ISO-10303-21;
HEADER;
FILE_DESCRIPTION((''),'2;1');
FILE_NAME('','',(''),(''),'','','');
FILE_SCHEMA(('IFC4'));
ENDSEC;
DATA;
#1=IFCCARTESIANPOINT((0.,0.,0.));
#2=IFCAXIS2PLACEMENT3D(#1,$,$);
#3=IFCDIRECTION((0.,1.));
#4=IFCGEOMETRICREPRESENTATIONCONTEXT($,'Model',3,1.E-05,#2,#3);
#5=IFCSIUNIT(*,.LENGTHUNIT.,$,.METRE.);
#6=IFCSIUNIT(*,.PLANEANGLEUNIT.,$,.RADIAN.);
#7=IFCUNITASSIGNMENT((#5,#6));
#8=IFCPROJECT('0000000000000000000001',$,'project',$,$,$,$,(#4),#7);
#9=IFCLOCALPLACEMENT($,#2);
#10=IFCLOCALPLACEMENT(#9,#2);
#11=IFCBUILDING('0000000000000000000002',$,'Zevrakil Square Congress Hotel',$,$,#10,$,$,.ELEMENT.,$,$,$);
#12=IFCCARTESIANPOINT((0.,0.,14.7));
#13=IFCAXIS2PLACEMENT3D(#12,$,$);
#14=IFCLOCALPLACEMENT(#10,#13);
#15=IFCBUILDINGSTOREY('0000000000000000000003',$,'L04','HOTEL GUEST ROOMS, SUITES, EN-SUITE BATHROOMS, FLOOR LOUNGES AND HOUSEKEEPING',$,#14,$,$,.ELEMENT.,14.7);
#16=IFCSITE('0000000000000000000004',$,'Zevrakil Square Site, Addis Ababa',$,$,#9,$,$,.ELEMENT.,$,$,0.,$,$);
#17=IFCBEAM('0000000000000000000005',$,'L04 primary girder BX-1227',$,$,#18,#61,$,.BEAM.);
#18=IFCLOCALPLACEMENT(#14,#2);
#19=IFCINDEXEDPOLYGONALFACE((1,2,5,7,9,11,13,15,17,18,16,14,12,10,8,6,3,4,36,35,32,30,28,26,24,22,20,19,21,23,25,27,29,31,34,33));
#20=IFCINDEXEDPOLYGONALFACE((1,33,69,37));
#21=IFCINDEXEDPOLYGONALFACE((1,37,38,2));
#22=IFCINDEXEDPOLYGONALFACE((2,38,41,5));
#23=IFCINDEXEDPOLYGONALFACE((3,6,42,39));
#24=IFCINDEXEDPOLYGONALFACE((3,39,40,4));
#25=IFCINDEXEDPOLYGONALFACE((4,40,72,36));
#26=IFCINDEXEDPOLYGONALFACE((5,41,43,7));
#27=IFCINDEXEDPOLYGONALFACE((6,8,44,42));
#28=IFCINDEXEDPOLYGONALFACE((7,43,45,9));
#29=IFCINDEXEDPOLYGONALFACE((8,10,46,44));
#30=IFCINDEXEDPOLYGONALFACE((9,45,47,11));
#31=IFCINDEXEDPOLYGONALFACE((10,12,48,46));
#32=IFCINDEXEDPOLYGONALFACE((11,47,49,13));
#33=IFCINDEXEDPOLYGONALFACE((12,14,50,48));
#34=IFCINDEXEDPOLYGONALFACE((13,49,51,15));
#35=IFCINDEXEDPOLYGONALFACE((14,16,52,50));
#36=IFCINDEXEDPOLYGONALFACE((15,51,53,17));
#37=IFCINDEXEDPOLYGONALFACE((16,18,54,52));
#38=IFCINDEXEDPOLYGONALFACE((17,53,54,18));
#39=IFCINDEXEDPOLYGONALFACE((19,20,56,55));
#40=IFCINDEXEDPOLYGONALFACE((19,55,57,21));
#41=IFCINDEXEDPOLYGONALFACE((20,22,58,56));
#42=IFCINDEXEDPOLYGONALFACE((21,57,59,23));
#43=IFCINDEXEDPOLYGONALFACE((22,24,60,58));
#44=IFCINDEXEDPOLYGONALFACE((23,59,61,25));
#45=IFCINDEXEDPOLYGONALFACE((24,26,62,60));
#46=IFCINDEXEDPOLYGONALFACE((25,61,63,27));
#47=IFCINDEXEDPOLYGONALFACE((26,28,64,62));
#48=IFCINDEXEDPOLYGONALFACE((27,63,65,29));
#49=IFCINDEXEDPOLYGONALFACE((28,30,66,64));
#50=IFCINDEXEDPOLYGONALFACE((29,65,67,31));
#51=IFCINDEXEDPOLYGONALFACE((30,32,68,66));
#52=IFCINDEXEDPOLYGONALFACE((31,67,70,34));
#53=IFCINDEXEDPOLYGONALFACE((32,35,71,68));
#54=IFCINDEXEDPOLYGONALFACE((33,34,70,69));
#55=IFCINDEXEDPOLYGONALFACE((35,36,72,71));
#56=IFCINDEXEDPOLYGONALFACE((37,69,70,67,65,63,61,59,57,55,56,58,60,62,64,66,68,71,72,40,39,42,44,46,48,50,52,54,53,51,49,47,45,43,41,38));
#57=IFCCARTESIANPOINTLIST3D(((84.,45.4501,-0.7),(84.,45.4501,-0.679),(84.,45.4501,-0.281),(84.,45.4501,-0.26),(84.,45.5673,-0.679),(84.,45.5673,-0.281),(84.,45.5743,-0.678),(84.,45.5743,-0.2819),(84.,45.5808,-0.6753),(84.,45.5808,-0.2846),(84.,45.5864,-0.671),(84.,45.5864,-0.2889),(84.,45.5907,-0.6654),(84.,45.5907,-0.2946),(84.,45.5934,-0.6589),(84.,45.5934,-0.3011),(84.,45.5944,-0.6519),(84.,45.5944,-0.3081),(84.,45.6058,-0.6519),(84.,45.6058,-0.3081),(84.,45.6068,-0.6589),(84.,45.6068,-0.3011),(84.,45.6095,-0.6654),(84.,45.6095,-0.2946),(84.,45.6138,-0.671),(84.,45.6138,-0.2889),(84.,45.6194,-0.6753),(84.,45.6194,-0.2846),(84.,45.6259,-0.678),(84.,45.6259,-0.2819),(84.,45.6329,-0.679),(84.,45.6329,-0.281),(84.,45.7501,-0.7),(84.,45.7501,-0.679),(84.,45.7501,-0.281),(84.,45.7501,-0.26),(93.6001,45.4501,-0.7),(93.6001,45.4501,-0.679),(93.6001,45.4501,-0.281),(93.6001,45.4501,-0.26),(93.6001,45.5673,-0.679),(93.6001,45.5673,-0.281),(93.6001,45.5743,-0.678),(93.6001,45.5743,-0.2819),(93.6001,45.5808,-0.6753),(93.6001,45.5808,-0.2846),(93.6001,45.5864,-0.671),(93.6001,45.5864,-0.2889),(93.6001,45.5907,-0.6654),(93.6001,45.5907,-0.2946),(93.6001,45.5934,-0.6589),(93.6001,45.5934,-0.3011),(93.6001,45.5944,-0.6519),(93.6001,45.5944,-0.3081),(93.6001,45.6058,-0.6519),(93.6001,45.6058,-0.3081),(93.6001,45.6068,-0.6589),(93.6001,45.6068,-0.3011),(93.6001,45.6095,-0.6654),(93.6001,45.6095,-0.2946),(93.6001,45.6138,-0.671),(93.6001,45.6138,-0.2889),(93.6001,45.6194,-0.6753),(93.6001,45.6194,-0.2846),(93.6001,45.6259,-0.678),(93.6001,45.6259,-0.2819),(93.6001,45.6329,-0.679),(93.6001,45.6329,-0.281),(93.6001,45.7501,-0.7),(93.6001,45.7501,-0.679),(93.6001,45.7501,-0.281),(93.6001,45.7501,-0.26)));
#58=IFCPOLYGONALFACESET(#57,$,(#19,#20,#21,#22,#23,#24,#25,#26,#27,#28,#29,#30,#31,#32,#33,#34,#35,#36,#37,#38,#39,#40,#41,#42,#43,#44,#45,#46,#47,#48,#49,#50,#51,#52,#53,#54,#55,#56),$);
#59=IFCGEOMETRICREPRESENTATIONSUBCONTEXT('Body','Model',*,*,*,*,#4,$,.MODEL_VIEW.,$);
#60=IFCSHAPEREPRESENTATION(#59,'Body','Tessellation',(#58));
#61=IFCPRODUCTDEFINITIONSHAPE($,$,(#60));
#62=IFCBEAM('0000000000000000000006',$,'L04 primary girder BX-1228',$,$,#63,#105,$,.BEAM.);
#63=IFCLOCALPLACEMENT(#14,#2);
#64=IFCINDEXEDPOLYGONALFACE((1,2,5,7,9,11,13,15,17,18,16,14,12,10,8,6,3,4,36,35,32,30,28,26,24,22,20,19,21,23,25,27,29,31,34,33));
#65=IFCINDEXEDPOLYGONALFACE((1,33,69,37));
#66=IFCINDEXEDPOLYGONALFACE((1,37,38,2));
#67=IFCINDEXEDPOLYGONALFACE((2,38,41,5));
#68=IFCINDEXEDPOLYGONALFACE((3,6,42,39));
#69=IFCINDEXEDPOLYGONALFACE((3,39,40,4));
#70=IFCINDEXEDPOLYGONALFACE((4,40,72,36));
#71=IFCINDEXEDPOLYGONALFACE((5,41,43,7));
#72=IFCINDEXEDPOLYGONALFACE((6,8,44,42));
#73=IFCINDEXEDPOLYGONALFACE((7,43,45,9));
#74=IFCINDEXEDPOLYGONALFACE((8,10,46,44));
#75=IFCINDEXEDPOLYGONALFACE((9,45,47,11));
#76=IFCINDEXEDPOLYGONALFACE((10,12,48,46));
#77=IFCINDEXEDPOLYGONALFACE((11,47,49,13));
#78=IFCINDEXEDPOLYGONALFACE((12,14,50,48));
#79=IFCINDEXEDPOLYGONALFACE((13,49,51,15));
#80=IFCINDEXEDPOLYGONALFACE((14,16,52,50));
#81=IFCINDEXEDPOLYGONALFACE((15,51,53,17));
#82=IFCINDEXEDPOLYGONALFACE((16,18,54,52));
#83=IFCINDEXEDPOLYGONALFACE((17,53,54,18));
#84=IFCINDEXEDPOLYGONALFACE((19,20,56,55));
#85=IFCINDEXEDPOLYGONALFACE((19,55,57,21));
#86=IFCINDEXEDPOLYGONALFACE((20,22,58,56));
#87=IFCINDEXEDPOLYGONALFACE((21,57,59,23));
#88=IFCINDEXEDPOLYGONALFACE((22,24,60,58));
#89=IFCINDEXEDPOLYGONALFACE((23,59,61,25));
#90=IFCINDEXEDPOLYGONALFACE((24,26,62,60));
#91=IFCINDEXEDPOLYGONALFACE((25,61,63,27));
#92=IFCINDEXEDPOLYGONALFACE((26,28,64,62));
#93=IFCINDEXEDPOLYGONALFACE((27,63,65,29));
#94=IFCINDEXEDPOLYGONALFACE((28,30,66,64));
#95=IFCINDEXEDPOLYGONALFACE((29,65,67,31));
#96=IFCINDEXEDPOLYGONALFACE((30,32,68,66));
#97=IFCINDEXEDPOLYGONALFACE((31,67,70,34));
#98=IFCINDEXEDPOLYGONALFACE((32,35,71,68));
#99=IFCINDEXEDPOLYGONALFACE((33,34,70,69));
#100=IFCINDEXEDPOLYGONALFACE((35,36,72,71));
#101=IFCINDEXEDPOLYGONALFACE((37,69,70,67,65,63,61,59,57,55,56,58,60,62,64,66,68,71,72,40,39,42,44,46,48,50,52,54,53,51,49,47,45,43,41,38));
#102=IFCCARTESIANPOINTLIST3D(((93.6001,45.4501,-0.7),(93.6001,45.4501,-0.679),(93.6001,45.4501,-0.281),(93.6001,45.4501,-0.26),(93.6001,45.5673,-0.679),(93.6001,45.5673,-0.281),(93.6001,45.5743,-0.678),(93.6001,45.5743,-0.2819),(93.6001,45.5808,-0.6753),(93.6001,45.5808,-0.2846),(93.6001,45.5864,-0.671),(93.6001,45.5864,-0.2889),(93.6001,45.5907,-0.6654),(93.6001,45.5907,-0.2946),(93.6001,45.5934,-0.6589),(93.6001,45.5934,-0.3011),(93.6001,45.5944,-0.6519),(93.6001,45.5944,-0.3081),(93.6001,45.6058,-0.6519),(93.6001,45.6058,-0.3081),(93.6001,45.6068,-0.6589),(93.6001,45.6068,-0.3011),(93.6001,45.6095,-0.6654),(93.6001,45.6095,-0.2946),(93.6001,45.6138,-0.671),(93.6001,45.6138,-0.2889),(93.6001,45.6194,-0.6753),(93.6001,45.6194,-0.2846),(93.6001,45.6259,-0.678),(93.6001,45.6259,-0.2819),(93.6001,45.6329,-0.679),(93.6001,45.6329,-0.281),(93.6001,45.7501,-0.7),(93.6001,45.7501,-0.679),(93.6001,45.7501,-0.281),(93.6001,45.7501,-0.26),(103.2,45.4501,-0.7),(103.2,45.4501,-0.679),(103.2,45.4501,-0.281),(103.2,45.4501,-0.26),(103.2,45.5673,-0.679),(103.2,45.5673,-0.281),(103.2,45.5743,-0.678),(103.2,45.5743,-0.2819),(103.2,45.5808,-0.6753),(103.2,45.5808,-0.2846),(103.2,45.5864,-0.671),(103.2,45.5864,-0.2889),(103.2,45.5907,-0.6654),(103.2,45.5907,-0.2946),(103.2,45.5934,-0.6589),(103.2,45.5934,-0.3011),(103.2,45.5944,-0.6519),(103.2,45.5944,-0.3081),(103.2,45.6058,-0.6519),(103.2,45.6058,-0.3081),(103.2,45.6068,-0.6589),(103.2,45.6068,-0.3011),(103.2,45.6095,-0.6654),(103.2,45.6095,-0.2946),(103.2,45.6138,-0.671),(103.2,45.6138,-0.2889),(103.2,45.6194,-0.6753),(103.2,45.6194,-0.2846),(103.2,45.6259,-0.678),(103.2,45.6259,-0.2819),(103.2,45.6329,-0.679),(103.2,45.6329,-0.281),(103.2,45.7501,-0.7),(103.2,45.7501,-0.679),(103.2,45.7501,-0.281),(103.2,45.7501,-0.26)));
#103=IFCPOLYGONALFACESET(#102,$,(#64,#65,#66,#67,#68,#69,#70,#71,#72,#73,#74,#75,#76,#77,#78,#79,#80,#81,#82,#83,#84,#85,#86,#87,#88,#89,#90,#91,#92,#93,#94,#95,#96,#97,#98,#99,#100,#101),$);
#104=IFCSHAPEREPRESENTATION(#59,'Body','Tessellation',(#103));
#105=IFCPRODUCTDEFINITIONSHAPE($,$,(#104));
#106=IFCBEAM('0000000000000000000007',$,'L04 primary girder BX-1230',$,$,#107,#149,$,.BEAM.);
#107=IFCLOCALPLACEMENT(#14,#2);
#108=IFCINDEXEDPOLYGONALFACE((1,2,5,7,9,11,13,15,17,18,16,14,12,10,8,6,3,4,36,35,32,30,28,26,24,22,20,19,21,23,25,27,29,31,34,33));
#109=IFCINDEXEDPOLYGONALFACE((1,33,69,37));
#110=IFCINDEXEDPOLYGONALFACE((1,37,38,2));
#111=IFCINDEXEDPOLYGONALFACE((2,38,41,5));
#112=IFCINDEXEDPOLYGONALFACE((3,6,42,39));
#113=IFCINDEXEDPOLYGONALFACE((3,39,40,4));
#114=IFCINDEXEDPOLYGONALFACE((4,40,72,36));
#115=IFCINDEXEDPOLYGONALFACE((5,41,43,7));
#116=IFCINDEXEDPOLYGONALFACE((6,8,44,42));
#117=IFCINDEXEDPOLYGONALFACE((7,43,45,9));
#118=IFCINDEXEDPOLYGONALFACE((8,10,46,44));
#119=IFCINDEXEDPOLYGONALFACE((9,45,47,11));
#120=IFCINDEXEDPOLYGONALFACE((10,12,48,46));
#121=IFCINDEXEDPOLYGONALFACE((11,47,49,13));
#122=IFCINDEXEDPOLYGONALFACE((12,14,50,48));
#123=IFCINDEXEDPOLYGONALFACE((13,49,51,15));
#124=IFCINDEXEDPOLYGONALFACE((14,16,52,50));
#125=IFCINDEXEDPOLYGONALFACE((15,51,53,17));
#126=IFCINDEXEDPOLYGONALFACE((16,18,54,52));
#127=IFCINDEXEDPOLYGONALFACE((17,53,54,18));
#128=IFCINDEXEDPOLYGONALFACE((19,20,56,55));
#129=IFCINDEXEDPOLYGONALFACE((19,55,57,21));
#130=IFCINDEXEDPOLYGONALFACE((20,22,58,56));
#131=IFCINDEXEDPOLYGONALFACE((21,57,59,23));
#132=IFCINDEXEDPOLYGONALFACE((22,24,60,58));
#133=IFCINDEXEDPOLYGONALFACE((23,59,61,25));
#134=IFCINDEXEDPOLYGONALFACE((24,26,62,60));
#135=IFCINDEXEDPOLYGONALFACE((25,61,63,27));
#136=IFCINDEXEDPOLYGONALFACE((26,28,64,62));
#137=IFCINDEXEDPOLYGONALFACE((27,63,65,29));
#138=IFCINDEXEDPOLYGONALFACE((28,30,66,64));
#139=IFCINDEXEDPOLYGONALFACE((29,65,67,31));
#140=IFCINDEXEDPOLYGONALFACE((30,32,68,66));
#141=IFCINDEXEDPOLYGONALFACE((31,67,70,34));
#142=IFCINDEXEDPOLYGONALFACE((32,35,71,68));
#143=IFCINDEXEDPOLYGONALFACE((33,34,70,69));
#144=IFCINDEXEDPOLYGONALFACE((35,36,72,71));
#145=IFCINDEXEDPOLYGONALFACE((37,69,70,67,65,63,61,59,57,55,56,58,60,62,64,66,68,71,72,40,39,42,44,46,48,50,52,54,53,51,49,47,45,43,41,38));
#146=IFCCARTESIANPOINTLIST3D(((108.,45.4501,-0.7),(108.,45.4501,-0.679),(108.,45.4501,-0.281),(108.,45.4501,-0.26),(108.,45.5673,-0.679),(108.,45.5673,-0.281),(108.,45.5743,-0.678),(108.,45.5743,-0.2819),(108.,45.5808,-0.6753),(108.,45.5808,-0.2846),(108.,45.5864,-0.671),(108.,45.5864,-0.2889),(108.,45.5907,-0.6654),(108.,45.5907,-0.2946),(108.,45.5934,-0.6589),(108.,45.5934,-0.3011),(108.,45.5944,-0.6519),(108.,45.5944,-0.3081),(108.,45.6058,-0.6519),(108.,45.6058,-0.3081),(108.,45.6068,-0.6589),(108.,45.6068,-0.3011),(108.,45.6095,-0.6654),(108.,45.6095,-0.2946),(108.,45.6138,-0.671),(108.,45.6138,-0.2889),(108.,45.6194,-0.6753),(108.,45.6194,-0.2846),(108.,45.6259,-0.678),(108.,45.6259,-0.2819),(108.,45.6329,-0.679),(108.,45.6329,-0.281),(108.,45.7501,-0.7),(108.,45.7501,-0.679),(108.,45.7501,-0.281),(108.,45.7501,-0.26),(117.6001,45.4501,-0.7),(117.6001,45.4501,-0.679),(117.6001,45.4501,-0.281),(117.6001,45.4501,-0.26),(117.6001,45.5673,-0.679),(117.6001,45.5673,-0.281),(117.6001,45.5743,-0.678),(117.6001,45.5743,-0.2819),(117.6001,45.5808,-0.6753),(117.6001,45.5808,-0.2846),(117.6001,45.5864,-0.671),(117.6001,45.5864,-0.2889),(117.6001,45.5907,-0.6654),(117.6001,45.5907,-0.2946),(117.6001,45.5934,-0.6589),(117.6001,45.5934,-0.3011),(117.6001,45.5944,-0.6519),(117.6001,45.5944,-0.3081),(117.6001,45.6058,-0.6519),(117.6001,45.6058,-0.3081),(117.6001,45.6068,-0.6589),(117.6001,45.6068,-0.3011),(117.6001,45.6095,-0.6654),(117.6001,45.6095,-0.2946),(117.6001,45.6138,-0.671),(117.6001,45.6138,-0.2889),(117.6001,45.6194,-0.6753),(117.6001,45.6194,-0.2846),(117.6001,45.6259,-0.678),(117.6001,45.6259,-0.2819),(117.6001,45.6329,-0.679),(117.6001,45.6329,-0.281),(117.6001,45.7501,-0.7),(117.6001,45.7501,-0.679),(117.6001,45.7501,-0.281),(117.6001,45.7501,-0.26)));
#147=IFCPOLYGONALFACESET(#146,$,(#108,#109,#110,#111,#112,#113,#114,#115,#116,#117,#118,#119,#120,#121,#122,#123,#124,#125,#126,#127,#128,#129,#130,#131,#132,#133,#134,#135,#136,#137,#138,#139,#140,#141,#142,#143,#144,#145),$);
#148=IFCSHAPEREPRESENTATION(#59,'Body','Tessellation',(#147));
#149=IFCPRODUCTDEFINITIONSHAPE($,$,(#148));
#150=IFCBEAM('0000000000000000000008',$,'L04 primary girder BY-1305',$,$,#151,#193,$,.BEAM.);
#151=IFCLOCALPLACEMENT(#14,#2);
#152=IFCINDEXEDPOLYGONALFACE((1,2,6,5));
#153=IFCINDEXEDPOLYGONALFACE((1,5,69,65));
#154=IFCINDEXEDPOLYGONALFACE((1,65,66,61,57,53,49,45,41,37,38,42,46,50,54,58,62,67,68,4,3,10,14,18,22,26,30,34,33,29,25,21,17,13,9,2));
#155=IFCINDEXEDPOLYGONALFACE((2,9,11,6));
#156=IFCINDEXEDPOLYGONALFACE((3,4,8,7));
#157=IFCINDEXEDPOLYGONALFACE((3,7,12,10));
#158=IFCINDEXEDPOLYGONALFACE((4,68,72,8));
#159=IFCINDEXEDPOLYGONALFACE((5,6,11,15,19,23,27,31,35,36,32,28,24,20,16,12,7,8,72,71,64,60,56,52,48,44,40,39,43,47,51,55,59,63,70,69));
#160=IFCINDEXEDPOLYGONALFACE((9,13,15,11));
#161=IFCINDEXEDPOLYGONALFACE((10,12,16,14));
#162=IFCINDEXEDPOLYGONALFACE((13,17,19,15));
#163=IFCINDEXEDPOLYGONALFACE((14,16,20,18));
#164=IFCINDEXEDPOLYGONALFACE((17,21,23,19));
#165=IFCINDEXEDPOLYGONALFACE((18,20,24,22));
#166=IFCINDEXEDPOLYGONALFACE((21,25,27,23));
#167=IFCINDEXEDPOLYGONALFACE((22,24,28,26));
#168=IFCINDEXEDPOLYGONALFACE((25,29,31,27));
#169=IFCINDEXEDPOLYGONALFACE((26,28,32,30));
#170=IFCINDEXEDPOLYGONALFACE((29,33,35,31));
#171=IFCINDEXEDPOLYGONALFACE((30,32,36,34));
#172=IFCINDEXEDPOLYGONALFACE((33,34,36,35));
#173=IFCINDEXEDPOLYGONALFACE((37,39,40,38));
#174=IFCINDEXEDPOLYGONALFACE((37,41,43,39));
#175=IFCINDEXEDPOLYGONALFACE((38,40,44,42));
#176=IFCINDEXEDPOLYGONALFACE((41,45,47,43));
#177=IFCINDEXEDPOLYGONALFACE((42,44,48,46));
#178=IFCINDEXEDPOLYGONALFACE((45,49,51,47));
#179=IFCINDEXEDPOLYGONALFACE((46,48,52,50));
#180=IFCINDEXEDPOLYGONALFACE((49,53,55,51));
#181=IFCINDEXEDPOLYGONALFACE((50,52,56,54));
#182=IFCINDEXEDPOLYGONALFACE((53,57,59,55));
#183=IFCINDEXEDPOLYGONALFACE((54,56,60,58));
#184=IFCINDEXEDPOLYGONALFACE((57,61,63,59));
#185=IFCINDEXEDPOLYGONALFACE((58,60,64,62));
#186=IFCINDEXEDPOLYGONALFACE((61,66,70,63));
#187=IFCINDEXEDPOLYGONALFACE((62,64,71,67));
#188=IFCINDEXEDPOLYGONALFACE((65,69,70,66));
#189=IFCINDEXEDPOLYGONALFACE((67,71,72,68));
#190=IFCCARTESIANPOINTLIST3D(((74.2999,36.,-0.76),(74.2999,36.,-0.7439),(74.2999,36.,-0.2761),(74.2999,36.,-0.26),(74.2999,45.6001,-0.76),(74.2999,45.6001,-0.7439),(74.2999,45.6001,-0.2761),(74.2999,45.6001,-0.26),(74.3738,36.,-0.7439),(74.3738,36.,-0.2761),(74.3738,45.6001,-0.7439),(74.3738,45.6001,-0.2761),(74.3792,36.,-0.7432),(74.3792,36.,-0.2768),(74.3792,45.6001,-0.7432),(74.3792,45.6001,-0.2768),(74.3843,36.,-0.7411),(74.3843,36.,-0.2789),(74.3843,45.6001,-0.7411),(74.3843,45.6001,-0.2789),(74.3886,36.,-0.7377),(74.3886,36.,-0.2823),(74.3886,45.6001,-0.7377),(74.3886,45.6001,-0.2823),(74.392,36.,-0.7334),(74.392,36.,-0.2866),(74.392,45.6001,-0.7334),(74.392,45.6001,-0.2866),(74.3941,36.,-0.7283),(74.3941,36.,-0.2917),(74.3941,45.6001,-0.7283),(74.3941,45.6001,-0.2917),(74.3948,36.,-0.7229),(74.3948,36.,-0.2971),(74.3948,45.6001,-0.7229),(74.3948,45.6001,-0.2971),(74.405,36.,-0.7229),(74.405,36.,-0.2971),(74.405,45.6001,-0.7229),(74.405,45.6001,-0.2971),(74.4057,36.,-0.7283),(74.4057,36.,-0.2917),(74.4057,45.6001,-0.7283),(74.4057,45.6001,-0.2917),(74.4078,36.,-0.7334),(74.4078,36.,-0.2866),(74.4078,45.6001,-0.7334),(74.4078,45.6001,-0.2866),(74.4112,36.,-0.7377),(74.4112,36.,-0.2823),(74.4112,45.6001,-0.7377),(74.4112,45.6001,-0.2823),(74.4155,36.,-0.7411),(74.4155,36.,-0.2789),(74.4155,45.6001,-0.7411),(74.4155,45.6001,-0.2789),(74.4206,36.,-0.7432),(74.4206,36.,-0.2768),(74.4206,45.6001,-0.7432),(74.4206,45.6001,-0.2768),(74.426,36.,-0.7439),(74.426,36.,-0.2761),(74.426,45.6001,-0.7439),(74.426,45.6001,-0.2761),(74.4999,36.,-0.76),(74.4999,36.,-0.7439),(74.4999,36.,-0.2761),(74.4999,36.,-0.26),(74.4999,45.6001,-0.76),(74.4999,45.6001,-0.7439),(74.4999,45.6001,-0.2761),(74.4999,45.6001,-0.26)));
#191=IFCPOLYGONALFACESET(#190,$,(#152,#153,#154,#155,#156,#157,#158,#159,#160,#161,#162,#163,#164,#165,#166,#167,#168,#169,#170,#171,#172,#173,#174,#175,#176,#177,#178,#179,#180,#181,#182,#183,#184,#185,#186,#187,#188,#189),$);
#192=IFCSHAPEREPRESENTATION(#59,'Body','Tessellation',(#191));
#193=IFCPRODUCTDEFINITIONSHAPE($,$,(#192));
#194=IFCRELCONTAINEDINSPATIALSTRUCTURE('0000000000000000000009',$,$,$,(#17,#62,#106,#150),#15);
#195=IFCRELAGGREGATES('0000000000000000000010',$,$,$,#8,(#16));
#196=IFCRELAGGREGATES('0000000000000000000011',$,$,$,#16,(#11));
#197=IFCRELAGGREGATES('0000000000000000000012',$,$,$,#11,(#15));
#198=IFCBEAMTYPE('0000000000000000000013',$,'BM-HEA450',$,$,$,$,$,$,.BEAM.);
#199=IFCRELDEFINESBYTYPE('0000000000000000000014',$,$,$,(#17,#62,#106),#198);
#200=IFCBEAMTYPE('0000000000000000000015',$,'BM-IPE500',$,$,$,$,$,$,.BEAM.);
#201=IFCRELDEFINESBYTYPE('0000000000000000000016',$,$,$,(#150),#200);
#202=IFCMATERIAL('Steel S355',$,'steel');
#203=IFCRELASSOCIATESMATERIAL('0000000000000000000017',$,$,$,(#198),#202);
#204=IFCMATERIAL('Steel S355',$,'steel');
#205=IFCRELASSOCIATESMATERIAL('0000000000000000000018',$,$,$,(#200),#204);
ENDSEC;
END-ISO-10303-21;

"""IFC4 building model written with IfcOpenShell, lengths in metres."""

from ifc_helpers import new_model, si_unit, direction, frame, origin, origin_2d, place, context, subcontext, project, spatial, i_section, extrude, material, material_profile, profile_set, type_object, element, save


model = new_model("IFC4")

# Units and contexts
model_context = context("Model", 3, precision=1e-05, world=origin(), true_north=direction((0.0, 1.0)))
body_context = subcontext(model_context, "Body", "Model", "MODEL_VIEW")
ifc_project = project(units=[si_unit("LENGTHUNIT", "METRE"), si_unit("PLANEANGLEUNIT", "RADIAN")], contexts=[model_context])

# Site, building, storey
site_placement = place(None, origin())
site = spatial("IfcSite", under=ifc_project, at=site_placement, Name="Zevrakil Square Site, Addis Ababa", CompositionType="ELEMENT", RefElevation=0.0)
building_placement = place(site_placement, origin())
building = spatial("IfcBuilding", under=site, at=building_placement, Name="Zevrakil Square Congress Hotel", CompositionType="ELEMENT")
storey_placement = place(building_placement, frame((0.0, 0.0, 14.7)))
storey = spatial("IfcBuildingStorey", under=building, at=storey_placement, Name="L04", Description="HOTEL GUEST ROOMS, SUITES, EN-SUITE BATHROOMS, FLOOR LOUNGES AND HOUSEKEEPING", CompositionType="ELEMENT", Elevation=14.7)

# Beams
ifc_material_1 = material(Name="Steel S355", Category="steel")
ifc_material_profile_1 = material_profile(ifc_material_1, i_section(OverallWidth=0.3, OverallDepth=0.4399, WebThickness=0.0115, FlangeThickness=0.021, FilletRadius=0.0271, at=origin_2d()), Name="HEA 450")
ifc_profile_set_1 = profile_set([ifc_material_profile_1], Name="Steel S355")
beam_type_1 = type_object("IfcBeamType", Name="BM-HEA450", PredefinedType="BEAM", material=ifc_profile_set_1)
for number, where, z_axis, x_axis, name in (
    (1, (84.0, 45.6001, -0.48), (1.0, 0.0, 0.0), (0.0, 1.0, 0.0), "L04 primary girder BX-1227"),
):
    element("IfcBeam", number, at=place(storey_placement, frame(where, z_axis=z_axis, x_axis=x_axis)), inside=storey, type_object=beam_type_1, Name=name, PredefinedType="BEAM", context=body_context, shape_type="SweptSolid", body=[
        extrude(i_section(OverallWidth=0.3, OverallDepth=0.4399, WebThickness=0.0115, FlangeThickness=0.021, FilletRadius=0.0271, at=origin_2d()), origin(), (0.0, 0.0, 1.0), 9.6001),
    ])
beam_1_placement = place(storey_placement, frame((93.6001, 45.6001, -0.48), z_axis=(1.0, 0.0, 0.0), x_axis=(0.0, 1.0, 0.0)))
element("IfcBeam", 2, at=beam_1_placement, inside=storey, type_object=beam_type_1, Name="L04 primary girder BX-1228", PredefinedType="BEAM", context=body_context, shape_type="SweptSolid", body=[
    extrude(i_section(OverallWidth=0.3, OverallDepth=0.4399, WebThickness=0.0115, FlangeThickness=0.021, FilletRadius=0.0271, at=origin_2d()), origin(), (0.0, 0.0, 1.0), 9.5999),
])
beam_2_placement = place(storey_placement, frame((108.0, 45.6001, -0.48), z_axis=(1.0, 0.0, 0.0), x_axis=(0.0, 1.0, 0.0)))
element("IfcBeam", 3, at=beam_2_placement, inside=storey, type_object=beam_type_1, Name="L04 primary girder BX-1230", PredefinedType="BEAM", context=body_context, shape_type="SweptSolid", body=[
    extrude(i_section(OverallWidth=0.3, OverallDepth=0.4399, WebThickness=0.0115, FlangeThickness=0.021, FilletRadius=0.0271, at=origin_2d()), origin(), (0.0, 0.0, 1.0), 9.6001),
])
ifc_material_2 = material(Name="Steel S355", Category="steel")
ifc_material_profile_2 = material_profile(ifc_material_2, i_section(OverallWidth=0.2, OverallDepth=0.5, WebThickness=0.0103, FlangeThickness=0.0161, FilletRadius=0.021, at=origin_2d()), Name="IPE 500")
ifc_profile_set_2 = profile_set([ifc_material_profile_2], Name="Steel S355")
beam_type_2 = type_object("IfcBeamType", Name="BM-IPE500", PredefinedType="BEAM", material=ifc_profile_set_2)
for number, where, z_axis, x_axis, name in (
    (4, (74.3999, 36.0, -0.51), (0.0, 1.0, 0.0), (-1.0, 0.0, 0.0), "L04 primary girder BY-1305"),
):
    element("IfcBeam", number, at=place(storey_placement, frame(where, z_axis=z_axis, x_axis=x_axis)), inside=storey, type_object=beam_type_2, Name=name, PredefinedType="BEAM", context=body_context, shape_type="SweptSolid", body=[
        extrude(i_section(OverallWidth=0.2, OverallDepth=0.5, WebThickness=0.0103, FlangeThickness=0.0161, FilletRadius=0.021, at=origin_2d()), origin(), (0.0, 0.0, 1.0), 9.6001),
    ])

save(model, "model.ifc")
